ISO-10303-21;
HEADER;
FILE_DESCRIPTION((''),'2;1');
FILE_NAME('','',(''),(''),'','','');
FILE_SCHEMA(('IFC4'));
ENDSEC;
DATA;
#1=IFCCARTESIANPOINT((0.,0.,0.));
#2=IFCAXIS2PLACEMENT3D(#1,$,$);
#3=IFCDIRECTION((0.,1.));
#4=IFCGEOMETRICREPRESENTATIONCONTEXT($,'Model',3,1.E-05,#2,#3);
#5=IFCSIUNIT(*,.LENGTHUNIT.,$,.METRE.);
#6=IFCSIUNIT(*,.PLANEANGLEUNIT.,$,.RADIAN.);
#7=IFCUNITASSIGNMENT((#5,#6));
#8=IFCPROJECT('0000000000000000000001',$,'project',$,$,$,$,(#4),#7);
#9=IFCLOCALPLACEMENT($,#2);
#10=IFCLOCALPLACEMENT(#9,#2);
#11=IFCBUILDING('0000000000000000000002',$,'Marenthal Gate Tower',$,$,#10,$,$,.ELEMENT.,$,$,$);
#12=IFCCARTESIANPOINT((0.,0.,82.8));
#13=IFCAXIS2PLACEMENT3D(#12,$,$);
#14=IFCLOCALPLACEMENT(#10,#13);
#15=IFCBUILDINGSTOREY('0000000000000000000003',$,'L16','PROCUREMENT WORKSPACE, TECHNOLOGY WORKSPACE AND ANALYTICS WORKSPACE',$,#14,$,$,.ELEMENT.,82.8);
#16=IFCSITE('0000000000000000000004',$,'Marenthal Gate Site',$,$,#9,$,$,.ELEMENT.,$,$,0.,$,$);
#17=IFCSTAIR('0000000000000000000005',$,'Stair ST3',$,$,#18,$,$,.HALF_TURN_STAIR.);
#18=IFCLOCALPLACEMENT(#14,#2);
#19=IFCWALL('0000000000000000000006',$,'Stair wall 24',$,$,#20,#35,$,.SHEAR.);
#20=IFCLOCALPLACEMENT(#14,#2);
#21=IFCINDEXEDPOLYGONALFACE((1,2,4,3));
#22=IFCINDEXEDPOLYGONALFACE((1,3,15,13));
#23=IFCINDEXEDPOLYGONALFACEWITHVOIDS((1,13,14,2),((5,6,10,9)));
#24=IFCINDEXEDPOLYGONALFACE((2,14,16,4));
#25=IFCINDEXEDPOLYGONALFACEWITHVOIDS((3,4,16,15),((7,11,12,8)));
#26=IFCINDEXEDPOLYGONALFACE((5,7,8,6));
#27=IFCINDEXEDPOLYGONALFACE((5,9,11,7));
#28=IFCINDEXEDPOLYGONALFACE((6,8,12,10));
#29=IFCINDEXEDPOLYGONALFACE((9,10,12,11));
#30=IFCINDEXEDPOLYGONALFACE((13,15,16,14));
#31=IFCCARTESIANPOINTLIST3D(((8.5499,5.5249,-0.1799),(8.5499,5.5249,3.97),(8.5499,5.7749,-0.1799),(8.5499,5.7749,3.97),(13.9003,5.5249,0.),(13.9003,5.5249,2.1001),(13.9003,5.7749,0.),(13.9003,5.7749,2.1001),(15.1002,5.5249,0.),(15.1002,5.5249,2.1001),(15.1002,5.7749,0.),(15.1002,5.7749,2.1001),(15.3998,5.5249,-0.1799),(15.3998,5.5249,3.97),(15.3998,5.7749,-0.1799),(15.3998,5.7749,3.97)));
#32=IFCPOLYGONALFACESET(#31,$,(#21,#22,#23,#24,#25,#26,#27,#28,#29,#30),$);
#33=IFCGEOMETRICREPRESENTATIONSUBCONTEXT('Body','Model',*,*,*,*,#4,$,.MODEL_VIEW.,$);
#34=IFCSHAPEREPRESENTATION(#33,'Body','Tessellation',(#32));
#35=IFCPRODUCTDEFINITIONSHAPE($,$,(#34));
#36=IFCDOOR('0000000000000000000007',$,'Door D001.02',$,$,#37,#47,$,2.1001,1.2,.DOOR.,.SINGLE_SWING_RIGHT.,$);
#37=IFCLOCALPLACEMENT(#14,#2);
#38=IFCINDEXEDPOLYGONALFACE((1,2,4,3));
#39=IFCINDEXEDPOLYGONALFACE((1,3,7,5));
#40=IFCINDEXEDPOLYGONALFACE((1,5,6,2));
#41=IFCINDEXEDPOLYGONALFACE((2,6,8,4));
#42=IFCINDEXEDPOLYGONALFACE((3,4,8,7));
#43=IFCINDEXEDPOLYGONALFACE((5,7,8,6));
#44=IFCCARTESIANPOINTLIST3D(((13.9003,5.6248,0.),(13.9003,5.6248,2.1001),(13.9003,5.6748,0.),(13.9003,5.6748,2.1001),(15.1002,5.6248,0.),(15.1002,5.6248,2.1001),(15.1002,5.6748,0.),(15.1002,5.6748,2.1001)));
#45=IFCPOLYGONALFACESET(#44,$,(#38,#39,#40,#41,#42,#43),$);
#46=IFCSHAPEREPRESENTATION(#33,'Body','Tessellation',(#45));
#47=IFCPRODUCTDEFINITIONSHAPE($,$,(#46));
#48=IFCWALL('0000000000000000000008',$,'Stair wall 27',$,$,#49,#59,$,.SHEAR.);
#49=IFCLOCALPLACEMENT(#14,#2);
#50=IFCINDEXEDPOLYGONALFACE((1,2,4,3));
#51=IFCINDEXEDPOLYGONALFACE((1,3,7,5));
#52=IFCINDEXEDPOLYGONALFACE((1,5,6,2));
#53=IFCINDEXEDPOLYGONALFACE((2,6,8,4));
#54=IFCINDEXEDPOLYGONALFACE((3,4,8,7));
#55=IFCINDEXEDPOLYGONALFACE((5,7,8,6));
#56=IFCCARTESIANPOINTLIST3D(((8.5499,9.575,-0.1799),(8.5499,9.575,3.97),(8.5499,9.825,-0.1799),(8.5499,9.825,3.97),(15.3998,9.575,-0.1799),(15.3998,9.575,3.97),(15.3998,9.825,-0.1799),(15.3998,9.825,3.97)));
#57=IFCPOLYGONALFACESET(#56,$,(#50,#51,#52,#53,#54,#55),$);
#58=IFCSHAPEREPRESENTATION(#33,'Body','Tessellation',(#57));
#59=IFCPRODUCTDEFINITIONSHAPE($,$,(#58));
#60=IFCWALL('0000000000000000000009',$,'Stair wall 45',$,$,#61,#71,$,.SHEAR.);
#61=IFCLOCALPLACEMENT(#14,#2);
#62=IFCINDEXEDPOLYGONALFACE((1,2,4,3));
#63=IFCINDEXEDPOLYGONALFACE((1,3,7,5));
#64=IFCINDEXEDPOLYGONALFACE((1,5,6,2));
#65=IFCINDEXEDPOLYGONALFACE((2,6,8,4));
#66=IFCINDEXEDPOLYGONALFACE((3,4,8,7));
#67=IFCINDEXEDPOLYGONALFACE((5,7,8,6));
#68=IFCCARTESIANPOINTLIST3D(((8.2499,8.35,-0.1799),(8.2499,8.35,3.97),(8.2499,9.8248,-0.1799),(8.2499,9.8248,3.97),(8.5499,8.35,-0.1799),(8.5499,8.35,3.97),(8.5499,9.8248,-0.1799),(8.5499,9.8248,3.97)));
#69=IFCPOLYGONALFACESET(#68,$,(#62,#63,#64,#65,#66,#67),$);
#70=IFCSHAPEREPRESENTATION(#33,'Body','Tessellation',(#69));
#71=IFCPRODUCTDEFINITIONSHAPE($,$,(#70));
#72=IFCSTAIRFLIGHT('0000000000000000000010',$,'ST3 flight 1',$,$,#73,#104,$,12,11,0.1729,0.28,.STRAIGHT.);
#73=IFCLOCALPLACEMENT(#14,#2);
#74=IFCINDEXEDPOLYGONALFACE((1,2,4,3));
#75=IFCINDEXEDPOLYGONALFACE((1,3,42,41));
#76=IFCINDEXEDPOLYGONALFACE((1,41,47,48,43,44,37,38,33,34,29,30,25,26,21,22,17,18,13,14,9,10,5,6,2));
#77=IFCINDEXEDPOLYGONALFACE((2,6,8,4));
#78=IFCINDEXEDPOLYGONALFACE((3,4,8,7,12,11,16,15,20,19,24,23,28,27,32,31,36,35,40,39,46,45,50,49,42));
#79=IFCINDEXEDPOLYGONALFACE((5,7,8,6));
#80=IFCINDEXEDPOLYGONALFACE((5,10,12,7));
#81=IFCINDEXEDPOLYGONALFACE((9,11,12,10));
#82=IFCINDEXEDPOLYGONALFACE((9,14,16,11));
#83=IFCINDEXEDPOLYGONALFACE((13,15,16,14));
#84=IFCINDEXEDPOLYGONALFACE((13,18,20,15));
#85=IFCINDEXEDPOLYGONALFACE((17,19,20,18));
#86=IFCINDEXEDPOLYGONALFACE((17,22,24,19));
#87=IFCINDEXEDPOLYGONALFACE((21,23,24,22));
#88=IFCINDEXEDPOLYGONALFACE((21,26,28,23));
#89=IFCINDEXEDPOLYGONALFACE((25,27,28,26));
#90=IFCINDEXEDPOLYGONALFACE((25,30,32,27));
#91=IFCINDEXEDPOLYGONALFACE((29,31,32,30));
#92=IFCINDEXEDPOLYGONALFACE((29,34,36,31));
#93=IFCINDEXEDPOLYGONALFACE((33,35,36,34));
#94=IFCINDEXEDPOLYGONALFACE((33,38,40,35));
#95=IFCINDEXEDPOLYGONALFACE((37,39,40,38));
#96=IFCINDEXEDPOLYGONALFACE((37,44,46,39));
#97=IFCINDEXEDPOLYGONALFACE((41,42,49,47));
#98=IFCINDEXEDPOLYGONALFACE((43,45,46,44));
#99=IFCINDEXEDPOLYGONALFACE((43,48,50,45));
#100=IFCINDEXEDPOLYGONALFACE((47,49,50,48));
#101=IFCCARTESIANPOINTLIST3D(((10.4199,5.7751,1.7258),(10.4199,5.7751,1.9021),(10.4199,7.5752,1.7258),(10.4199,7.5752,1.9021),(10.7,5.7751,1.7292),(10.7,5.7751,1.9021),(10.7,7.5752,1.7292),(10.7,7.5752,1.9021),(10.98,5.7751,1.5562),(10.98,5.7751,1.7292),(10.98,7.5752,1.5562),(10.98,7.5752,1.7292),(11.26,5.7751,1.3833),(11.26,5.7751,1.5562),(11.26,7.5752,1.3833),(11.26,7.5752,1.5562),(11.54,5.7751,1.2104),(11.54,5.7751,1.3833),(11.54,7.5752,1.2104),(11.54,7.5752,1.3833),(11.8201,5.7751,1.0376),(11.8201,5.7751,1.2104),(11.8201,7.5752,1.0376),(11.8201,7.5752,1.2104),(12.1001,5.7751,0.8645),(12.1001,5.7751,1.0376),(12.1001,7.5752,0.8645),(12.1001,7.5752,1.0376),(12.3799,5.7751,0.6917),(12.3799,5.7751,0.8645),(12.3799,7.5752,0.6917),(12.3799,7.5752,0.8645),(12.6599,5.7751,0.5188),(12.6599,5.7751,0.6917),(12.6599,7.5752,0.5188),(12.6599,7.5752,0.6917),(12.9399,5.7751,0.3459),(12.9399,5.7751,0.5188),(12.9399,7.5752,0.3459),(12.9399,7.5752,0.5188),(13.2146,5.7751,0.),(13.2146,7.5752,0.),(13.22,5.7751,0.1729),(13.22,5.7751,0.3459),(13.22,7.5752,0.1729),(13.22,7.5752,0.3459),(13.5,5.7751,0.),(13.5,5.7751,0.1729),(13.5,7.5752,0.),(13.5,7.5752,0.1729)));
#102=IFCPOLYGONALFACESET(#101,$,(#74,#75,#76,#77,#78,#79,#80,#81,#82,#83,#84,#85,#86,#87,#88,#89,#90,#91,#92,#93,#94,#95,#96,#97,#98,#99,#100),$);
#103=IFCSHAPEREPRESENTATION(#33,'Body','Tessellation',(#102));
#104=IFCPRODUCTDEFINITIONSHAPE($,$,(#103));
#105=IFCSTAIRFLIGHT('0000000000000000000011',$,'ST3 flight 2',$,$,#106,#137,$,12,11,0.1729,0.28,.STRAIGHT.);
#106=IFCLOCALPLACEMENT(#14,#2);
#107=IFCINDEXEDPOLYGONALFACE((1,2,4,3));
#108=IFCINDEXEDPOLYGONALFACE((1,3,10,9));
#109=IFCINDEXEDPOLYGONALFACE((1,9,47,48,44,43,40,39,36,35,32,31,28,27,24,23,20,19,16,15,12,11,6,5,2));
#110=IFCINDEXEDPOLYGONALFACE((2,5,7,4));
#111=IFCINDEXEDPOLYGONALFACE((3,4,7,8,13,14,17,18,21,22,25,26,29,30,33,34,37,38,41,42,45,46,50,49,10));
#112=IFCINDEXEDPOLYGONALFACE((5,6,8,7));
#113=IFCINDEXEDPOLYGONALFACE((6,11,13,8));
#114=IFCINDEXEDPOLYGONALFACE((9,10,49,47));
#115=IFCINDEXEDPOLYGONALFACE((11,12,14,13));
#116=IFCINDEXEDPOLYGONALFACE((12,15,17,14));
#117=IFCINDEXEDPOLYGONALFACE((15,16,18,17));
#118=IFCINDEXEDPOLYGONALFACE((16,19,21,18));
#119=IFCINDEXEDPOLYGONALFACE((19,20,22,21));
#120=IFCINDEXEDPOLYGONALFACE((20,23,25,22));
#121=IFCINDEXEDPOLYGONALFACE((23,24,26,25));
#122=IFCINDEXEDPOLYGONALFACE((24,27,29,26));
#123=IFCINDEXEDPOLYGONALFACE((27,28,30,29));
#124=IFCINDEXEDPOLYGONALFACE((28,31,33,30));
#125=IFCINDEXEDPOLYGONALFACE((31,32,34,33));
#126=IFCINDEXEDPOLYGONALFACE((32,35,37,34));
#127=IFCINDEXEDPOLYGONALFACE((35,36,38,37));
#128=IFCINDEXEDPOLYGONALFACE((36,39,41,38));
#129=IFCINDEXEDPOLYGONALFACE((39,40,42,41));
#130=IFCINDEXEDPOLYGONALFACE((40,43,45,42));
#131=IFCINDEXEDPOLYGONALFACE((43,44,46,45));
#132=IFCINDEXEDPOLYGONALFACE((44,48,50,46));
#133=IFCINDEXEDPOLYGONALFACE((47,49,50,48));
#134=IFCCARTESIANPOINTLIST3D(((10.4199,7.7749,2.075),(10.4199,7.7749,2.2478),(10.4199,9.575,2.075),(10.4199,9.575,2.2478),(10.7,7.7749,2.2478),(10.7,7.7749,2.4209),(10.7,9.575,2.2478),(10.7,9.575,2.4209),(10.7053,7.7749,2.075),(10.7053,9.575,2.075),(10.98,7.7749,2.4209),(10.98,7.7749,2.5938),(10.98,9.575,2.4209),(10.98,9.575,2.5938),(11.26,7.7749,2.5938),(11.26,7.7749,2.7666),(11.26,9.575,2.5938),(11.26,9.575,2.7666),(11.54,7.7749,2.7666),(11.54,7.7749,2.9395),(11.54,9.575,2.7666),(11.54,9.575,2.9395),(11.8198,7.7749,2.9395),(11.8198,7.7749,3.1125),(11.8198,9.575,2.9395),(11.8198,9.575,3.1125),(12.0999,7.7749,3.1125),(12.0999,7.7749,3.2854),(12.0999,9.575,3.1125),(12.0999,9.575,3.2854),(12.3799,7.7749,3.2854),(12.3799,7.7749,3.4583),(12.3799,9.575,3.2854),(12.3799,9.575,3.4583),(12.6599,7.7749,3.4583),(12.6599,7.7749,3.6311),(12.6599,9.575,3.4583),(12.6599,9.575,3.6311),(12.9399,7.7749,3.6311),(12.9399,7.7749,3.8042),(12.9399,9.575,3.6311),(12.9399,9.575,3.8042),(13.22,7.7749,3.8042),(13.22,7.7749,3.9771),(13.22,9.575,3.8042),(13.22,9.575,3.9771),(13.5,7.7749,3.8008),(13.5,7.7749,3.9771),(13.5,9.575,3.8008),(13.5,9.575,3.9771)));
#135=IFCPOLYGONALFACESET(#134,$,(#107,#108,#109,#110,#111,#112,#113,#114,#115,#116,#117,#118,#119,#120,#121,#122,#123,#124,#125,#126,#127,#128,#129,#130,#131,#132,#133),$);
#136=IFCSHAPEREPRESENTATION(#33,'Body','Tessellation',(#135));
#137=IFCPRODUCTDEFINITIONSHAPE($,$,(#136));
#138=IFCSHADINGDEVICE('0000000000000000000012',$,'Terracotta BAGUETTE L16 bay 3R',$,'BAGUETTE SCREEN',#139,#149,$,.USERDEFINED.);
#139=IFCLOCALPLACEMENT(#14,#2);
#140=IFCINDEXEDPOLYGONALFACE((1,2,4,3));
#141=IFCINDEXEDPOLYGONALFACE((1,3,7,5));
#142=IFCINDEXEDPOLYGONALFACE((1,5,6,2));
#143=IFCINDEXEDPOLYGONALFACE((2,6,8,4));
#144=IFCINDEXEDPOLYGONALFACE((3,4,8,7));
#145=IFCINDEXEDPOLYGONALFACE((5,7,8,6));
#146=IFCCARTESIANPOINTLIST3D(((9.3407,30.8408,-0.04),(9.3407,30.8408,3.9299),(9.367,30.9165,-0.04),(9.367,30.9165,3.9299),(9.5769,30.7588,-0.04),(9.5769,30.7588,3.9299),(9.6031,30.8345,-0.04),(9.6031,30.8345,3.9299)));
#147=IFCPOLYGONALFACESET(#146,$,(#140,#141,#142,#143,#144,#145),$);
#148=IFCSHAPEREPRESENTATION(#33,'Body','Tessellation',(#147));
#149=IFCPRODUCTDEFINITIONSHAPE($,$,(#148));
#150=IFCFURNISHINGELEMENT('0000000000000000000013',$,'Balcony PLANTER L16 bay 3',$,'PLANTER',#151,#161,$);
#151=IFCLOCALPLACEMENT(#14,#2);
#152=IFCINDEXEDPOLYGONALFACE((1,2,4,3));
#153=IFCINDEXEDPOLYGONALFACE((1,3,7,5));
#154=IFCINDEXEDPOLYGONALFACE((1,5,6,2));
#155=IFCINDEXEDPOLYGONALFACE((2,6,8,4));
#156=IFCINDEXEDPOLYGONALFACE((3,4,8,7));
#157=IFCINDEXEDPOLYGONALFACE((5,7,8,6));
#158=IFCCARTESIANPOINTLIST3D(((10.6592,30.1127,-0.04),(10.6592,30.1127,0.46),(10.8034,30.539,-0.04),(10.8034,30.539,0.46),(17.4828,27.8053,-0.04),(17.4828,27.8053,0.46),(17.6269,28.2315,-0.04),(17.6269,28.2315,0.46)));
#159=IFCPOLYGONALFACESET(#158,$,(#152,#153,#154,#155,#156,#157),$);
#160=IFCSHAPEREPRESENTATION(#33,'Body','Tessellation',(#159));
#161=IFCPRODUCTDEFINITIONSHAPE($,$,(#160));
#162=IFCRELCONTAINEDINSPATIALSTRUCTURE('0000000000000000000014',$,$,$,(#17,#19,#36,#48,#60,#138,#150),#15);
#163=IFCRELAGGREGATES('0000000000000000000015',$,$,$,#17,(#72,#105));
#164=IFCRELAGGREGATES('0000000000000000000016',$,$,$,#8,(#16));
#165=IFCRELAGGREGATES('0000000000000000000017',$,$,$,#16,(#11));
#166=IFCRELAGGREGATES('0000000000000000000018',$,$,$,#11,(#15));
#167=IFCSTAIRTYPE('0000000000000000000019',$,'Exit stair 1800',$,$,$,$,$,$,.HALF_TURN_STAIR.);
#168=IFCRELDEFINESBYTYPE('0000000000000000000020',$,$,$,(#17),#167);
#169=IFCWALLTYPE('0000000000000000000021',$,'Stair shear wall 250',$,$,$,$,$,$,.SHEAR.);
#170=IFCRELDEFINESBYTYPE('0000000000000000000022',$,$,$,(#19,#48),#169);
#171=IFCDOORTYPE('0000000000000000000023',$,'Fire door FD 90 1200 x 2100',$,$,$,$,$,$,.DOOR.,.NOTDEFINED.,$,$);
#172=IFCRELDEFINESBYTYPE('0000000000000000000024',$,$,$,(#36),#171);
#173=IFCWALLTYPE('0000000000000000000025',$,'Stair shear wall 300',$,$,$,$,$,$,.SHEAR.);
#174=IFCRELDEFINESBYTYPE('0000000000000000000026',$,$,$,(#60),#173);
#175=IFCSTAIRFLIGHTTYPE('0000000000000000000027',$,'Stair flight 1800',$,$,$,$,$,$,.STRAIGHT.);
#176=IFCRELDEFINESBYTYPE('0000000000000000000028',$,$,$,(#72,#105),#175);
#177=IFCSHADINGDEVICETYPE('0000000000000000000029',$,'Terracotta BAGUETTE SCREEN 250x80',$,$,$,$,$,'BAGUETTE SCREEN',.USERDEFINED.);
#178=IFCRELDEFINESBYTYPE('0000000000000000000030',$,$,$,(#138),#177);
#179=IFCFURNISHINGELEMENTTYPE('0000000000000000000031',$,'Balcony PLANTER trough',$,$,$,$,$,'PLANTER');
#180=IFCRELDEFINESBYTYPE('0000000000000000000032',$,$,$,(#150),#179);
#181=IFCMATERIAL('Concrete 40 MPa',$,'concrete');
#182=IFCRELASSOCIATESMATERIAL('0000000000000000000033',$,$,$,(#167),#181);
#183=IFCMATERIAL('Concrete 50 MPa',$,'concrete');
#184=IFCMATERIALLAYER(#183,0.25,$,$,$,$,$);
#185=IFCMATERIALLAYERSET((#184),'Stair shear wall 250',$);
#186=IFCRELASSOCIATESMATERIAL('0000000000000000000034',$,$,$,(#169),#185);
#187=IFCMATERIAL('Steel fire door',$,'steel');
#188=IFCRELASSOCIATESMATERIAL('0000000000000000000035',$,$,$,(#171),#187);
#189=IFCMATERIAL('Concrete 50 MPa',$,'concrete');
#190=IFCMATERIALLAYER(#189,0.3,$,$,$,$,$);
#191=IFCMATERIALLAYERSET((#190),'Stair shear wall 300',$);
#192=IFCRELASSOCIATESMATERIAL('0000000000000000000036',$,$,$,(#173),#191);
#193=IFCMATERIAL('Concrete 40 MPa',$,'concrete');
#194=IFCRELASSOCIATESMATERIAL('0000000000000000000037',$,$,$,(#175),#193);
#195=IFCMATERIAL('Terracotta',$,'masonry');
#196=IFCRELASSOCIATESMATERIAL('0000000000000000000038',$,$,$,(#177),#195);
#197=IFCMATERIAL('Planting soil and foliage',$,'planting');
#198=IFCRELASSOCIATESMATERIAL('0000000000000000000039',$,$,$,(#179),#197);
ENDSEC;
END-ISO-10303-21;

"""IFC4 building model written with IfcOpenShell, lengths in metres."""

from ifc_helpers import new_model, si_unit, direction, frame, frame_2d, origin, origin_2d, place, context, subcontext, project, spatial, polyline, rectangle, outline, extrude, material, layer, layer_set, material_profile, profile_set, type_object, element, fill, aggregate, save


model = new_model("IFC4")

# Units and contexts
model_context = context("Model", 3, precision=1e-05, world=origin(), true_north=direction((0.0, 1.0)))
body_context = subcontext(model_context, "Body", "Model", "MODEL_VIEW")
ifc_project = project(units=[si_unit("LENGTHUNIT", "METRE"), si_unit("PLANEANGLEUNIT", "RADIAN")], contexts=[model_context])

# Site, building, storey
site_placement = place(None, origin())
site = spatial("IfcSite", under=ifc_project, at=site_placement, Name="Marenthal Gate Site", CompositionType="ELEMENT", RefElevation=0.0)
building_placement = place(site_placement, origin())
building = spatial("IfcBuilding", under=site, at=building_placement, Name="Marenthal Gate Tower", CompositionType="ELEMENT")
storey_placement = place(building_placement, frame((0.0, 0.0, 82.8)))
storey = spatial("IfcBuildingStorey", under=building, at=storey_placement, Name="L16", Description="PROCUREMENT WORKSPACE, TECHNOLOGY WORKSPACE AND ANALYTICS WORKSPACE", CompositionType="ELEMENT", Elevation=82.8)

# Stair
ifc_material_1 = material(Name="Concrete 40 MPa", Category="concrete")
stair_type = type_object("IfcStairType", Name="Exit stair 1800", PredefinedType="HALF_TURN_STAIR", material=ifc_material_1)
stair_1_placement = place(storey_placement, origin())
stair_1 = element("IfcStair", 1, at=stair_1_placement, inside=storey, type_object=stair_type, Name="Stair ST3", PredefinedType="HALF_TURN_STAIR")

# Wall, opening, door
ifc_material_2 = material(Name="Concrete 50 MPa", Category="concrete")
ifc_layer_1 = layer(ifc_material_2, 0.25)
ifc_layer_set_1 = layer_set([ifc_layer_1], Name="Stair shear wall 250")
wall_type_1 = type_object("IfcWallType", Name="Stair shear wall 250", PredefinedType="SHEAR", material=ifc_layer_set_1)
wall_1_placement = place(storey_placement, frame((8.55, 5.6499, -0.1799), z_axis=(0.0, 0.0, 1.0), x_axis=(1.0, 0.0, 0.0)))
wall_1 = element("IfcWall", 2, at=wall_1_placement, inside=storey, type_object=wall_type_1, Name="Stair wall 24", PredefinedType="SHEAR", context=body_context, shape_type="SweptSolid", body=[
    extrude(rectangle(XDim=6.8499, YDim=0.25, at=frame_2d((3.4248, 0.0))), origin(), (0.0, 0.0, 1.0), 4.1499),
])
opening_1_placement = place(wall_1_placement, frame((5.3501, 0.0, 0.1799)))
opening_1 = element("IfcOpeningElement", 3, at=opening_1_placement, cuts=wall_1, PredefinedType="OPENING", context=body_context, shape_type="SweptSolid", body=[
    extrude(rectangle(XDim=1.2, YDim=2.1001, at=frame_2d((0.6001, 1.05))), frame((0.0, 0.135, 0.0), z_axis=(0.0, -1.0, 0.0), x_axis=(1.0, 0.0, 0.0)), (0.0, 0.0, 1.0), 0.27),
])
ifc_material_3 = material(Name="Steel fire door", Category="steel")
door_type_1 = type_object("IfcDoorType", Name="Fire door FD 90 1200 x 2100", OperationType="NOTDEFINED", PredefinedType="DOOR", material=ifc_material_3)
door_1_placement = place(opening_1_placement, origin())
door_1 = element("IfcDoor", 4, at=door_1_placement, inside=storey, type_object=door_type_1, Name="Door D001.02", OperationType="SINGLE_SWING_RIGHT", OverallHeight=2.1001, OverallWidth=1.2, PredefinedType="DOOR", context=body_context, shape_type="SweptSolid", body=[
    extrude(rectangle(XDim=1.2, YDim=2.1001, at=frame_2d((0.6001, 1.05))), frame((0.0, 0.0249, 0.0), z_axis=(0.0, -1.0, 0.0), x_axis=(1.0, 0.0, 0.0)), (0.0, 0.0, 1.0), 0.05),
])
fill(opening_1, door_1)

# Walls
wall_2_placement = place(storey_placement, frame((8.55, 9.7, -0.1799), z_axis=(0.0, 0.0, 1.0), x_axis=(1.0, 0.0, 0.0)))
element("IfcWall", 5, at=wall_2_placement, inside=storey, type_object=wall_type_1, Name="Stair wall 27", PredefinedType="SHEAR", context=body_context, shape_type="SweptSolid", body=[
    extrude(rectangle(XDim=6.8499, YDim=0.25, at=frame_2d((3.4248, 0.0))), origin(), (0.0, 0.0, 1.0), 4.1499),
])
ifc_material_4 = material(Name="Concrete 50 MPa", Category="concrete")
ifc_layer_2 = layer(ifc_material_4, 0.3)
ifc_layer_set_2 = layer_set([ifc_layer_2], Name="Stair shear wall 300")
wall_type_2 = type_object("IfcWallType", Name="Stair shear wall 300", PredefinedType="SHEAR", material=ifc_layer_set_2)
wall_3_placement = place(storey_placement, frame((8.3999, 8.3501, -0.1799), z_axis=(0.0, 0.0, 1.0), x_axis=(0.0, 1.0, 0.0)))
element("IfcWall", 6, at=wall_3_placement, inside=storey, type_object=wall_type_2, Name="Stair wall 45", PredefinedType="SHEAR", context=body_context, shape_type="SweptSolid", body=[
    extrude(rectangle(XDim=1.4749, YDim=0.3, at=frame_2d((0.7373, 0.0))), origin(), (0.0, 0.0, 1.0), 4.1499),
])

# Stair flights
ifc_material_5 = material(Name="Concrete 40 MPa", Category="concrete")
stair_flight_type = type_object("IfcStairFlightType", Name="Stair flight 1800", PredefinedType="STRAIGHT", material=ifc_material_5)
stair_flight_1_placement = place(storey_placement, frame((13.5, 6.675, 0.0), z_axis=(0.0, 0.0, 1.0), x_axis=(-1.0, 0.0, 0.0)))
stair_flight_1 = element("IfcStairFlight", 7, at=stair_flight_1_placement, type_object=stair_flight_type, Name="ST3 flight 1", NumberOfRisers=12, NumberOfTreads=11, PredefinedType="STRAIGHT", RiserHeight=0.1729, TreadLength=0.28, context=body_context, shape_type="SweptSolid", body=[
    extrude(outline(polyline([(0.0, 0.0), (0.0, 0.1729), (0.28, 0.1729), (0.28, 0.3459), (0.5601, 0.3459), (0.5601, 0.5188), (0.8401, 0.5188), (0.8401, 0.6917), (1.1201, 0.6917), (1.1201, 0.8645), (1.3999, 0.8645), (1.3999, 1.0376), (1.6799, 1.0376), (1.6799, 1.2104), (1.96, 1.2104), (1.96, 1.3833), (2.24, 1.3833), (2.24, 1.5562), (2.52, 1.5562), (2.52, 1.7292), (2.8, 1.7292), (2.8, 1.9021), (3.0801, 1.9021), (3.0801, 2.075), (3.0801, 1.7258), (0.2854, 0.0), (0.0, 0.0)])), frame((0.0, 0.8999, 0.0), z_axis=(0.0, -1.0, 0.0), x_axis=(1.0, 0.0, 0.0)), (0.0, 0.0, 1.0), 1.8),
])
stair_flight_2_placement = place(storey_placement, frame((10.4199, 8.675, 2.075), z_axis=(0.0, 0.0, 1.0), x_axis=(1.0, 0.0, 0.0)))
stair_flight_2 = element("IfcStairFlight", 8, at=stair_flight_2_placement, type_object=stair_flight_type, Name="ST3 flight 2", NumberOfRisers=12, NumberOfTreads=11, PredefinedType="STRAIGHT", RiserHeight=0.1729, TreadLength=0.28, context=body_context, shape_type="SweptSolid", body=[
    extrude(outline(polyline([(0.0, 0.0), (0.0, 0.1729), (0.28, 0.1729), (0.28, 0.3459), (0.5601, 0.3459), (0.5601, 0.5188), (0.8401, 0.5188), (0.8401, 0.6917), (1.1201, 0.6917), (1.1201, 0.8645), (1.3999, 0.8645), (1.3999, 1.0376), (1.6799, 1.0376), (1.6799, 1.2104), (1.96, 1.2104), (1.96, 1.3833), (2.24, 1.3833), (2.24, 1.5562), (2.52, 1.5562), (2.52, 1.7292), (2.8, 1.7292), (2.8, 1.9021), (3.0801, 1.9021), (3.0801, 2.075), (3.0801, 1.7258), (0.2854, 0.0), (0.0, 0.0)])), frame((0.0, 0.8999, 0.0), z_axis=(0.0, -1.0, 0.0), x_axis=(1.0, 0.0, 0.0)), (0.0, 0.0, 1.0), 1.8),
])
aggregate(stair_1, [stair_flight_1, stair_flight_2])

# Shading device
ifc_material_6 = material(Name="Terracotta", Category="masonry")
ifc_material_profile_1 = material_profile(ifc_material_6, rectangle(XDim=0.25, YDim=0.0801, at=origin_2d()), Name="Terracotta baguette 250x80")
ifc_profile_set_1 = profile_set([ifc_material_profile_1], Name="Terracotta")
shading_device_type = type_object("IfcShadingDeviceType", Name="Terracotta BAGUETTE SCREEN 250x80", ElementType="BAGUETTE SCREEN", PredefinedType="USERDEFINED", material=ifc_profile_set_1)
shading_device_placement = place(storey_placement, frame((9.4719, 30.8376, -0.04), z_axis=(0.0, 0.0, 1.0), x_axis=(-0.944634, 0.328125, 0.0)))
element("IfcShadingDevice", 9, at=shading_device_placement, inside=storey, type_object=shading_device_type, Name="Terracotta BAGUETTE L16 bay 3R", ObjectType="BAGUETTE SCREEN", PredefinedType="USERDEFINED", context=body_context, shape_type="SweptSolid", body=[
    extrude(rectangle(XDim=0.25, YDim=0.0801, at=origin_2d()), origin(), (0.0, 0.0, 1.0), 3.97),
])

# Furnishing element
ifc_material_7 = material(Name="Planting soil and foliage", Category="planting")
furnishing_element_type = type_object("IfcFurnishingElementType", Name="Balcony PLANTER trough", ElementType="PLANTER", material=ifc_material_7)
furnishing_placement = place(storey_placement, frame((14.1431, 29.1721, -0.04), z_axis=(0.0, 0.0, 1.0), x_axis=(-0.947302, 0.320343, 0.0)))
element("IfcFurnishingElement", 10, at=furnishing_placement, inside=storey, type_object=furnishing_element_type, Name="Balcony PLANTER L16 bay 3", ObjectType="PLANTER", context=body_context, shape_type="SweptSolid", body=[
    extrude(rectangle(XDim=7.2031, YDim=0.45, at=origin_2d()), origin(), (0.0, 0.0, 1.0), 0.5),
])

save(model, "model.ifc")
